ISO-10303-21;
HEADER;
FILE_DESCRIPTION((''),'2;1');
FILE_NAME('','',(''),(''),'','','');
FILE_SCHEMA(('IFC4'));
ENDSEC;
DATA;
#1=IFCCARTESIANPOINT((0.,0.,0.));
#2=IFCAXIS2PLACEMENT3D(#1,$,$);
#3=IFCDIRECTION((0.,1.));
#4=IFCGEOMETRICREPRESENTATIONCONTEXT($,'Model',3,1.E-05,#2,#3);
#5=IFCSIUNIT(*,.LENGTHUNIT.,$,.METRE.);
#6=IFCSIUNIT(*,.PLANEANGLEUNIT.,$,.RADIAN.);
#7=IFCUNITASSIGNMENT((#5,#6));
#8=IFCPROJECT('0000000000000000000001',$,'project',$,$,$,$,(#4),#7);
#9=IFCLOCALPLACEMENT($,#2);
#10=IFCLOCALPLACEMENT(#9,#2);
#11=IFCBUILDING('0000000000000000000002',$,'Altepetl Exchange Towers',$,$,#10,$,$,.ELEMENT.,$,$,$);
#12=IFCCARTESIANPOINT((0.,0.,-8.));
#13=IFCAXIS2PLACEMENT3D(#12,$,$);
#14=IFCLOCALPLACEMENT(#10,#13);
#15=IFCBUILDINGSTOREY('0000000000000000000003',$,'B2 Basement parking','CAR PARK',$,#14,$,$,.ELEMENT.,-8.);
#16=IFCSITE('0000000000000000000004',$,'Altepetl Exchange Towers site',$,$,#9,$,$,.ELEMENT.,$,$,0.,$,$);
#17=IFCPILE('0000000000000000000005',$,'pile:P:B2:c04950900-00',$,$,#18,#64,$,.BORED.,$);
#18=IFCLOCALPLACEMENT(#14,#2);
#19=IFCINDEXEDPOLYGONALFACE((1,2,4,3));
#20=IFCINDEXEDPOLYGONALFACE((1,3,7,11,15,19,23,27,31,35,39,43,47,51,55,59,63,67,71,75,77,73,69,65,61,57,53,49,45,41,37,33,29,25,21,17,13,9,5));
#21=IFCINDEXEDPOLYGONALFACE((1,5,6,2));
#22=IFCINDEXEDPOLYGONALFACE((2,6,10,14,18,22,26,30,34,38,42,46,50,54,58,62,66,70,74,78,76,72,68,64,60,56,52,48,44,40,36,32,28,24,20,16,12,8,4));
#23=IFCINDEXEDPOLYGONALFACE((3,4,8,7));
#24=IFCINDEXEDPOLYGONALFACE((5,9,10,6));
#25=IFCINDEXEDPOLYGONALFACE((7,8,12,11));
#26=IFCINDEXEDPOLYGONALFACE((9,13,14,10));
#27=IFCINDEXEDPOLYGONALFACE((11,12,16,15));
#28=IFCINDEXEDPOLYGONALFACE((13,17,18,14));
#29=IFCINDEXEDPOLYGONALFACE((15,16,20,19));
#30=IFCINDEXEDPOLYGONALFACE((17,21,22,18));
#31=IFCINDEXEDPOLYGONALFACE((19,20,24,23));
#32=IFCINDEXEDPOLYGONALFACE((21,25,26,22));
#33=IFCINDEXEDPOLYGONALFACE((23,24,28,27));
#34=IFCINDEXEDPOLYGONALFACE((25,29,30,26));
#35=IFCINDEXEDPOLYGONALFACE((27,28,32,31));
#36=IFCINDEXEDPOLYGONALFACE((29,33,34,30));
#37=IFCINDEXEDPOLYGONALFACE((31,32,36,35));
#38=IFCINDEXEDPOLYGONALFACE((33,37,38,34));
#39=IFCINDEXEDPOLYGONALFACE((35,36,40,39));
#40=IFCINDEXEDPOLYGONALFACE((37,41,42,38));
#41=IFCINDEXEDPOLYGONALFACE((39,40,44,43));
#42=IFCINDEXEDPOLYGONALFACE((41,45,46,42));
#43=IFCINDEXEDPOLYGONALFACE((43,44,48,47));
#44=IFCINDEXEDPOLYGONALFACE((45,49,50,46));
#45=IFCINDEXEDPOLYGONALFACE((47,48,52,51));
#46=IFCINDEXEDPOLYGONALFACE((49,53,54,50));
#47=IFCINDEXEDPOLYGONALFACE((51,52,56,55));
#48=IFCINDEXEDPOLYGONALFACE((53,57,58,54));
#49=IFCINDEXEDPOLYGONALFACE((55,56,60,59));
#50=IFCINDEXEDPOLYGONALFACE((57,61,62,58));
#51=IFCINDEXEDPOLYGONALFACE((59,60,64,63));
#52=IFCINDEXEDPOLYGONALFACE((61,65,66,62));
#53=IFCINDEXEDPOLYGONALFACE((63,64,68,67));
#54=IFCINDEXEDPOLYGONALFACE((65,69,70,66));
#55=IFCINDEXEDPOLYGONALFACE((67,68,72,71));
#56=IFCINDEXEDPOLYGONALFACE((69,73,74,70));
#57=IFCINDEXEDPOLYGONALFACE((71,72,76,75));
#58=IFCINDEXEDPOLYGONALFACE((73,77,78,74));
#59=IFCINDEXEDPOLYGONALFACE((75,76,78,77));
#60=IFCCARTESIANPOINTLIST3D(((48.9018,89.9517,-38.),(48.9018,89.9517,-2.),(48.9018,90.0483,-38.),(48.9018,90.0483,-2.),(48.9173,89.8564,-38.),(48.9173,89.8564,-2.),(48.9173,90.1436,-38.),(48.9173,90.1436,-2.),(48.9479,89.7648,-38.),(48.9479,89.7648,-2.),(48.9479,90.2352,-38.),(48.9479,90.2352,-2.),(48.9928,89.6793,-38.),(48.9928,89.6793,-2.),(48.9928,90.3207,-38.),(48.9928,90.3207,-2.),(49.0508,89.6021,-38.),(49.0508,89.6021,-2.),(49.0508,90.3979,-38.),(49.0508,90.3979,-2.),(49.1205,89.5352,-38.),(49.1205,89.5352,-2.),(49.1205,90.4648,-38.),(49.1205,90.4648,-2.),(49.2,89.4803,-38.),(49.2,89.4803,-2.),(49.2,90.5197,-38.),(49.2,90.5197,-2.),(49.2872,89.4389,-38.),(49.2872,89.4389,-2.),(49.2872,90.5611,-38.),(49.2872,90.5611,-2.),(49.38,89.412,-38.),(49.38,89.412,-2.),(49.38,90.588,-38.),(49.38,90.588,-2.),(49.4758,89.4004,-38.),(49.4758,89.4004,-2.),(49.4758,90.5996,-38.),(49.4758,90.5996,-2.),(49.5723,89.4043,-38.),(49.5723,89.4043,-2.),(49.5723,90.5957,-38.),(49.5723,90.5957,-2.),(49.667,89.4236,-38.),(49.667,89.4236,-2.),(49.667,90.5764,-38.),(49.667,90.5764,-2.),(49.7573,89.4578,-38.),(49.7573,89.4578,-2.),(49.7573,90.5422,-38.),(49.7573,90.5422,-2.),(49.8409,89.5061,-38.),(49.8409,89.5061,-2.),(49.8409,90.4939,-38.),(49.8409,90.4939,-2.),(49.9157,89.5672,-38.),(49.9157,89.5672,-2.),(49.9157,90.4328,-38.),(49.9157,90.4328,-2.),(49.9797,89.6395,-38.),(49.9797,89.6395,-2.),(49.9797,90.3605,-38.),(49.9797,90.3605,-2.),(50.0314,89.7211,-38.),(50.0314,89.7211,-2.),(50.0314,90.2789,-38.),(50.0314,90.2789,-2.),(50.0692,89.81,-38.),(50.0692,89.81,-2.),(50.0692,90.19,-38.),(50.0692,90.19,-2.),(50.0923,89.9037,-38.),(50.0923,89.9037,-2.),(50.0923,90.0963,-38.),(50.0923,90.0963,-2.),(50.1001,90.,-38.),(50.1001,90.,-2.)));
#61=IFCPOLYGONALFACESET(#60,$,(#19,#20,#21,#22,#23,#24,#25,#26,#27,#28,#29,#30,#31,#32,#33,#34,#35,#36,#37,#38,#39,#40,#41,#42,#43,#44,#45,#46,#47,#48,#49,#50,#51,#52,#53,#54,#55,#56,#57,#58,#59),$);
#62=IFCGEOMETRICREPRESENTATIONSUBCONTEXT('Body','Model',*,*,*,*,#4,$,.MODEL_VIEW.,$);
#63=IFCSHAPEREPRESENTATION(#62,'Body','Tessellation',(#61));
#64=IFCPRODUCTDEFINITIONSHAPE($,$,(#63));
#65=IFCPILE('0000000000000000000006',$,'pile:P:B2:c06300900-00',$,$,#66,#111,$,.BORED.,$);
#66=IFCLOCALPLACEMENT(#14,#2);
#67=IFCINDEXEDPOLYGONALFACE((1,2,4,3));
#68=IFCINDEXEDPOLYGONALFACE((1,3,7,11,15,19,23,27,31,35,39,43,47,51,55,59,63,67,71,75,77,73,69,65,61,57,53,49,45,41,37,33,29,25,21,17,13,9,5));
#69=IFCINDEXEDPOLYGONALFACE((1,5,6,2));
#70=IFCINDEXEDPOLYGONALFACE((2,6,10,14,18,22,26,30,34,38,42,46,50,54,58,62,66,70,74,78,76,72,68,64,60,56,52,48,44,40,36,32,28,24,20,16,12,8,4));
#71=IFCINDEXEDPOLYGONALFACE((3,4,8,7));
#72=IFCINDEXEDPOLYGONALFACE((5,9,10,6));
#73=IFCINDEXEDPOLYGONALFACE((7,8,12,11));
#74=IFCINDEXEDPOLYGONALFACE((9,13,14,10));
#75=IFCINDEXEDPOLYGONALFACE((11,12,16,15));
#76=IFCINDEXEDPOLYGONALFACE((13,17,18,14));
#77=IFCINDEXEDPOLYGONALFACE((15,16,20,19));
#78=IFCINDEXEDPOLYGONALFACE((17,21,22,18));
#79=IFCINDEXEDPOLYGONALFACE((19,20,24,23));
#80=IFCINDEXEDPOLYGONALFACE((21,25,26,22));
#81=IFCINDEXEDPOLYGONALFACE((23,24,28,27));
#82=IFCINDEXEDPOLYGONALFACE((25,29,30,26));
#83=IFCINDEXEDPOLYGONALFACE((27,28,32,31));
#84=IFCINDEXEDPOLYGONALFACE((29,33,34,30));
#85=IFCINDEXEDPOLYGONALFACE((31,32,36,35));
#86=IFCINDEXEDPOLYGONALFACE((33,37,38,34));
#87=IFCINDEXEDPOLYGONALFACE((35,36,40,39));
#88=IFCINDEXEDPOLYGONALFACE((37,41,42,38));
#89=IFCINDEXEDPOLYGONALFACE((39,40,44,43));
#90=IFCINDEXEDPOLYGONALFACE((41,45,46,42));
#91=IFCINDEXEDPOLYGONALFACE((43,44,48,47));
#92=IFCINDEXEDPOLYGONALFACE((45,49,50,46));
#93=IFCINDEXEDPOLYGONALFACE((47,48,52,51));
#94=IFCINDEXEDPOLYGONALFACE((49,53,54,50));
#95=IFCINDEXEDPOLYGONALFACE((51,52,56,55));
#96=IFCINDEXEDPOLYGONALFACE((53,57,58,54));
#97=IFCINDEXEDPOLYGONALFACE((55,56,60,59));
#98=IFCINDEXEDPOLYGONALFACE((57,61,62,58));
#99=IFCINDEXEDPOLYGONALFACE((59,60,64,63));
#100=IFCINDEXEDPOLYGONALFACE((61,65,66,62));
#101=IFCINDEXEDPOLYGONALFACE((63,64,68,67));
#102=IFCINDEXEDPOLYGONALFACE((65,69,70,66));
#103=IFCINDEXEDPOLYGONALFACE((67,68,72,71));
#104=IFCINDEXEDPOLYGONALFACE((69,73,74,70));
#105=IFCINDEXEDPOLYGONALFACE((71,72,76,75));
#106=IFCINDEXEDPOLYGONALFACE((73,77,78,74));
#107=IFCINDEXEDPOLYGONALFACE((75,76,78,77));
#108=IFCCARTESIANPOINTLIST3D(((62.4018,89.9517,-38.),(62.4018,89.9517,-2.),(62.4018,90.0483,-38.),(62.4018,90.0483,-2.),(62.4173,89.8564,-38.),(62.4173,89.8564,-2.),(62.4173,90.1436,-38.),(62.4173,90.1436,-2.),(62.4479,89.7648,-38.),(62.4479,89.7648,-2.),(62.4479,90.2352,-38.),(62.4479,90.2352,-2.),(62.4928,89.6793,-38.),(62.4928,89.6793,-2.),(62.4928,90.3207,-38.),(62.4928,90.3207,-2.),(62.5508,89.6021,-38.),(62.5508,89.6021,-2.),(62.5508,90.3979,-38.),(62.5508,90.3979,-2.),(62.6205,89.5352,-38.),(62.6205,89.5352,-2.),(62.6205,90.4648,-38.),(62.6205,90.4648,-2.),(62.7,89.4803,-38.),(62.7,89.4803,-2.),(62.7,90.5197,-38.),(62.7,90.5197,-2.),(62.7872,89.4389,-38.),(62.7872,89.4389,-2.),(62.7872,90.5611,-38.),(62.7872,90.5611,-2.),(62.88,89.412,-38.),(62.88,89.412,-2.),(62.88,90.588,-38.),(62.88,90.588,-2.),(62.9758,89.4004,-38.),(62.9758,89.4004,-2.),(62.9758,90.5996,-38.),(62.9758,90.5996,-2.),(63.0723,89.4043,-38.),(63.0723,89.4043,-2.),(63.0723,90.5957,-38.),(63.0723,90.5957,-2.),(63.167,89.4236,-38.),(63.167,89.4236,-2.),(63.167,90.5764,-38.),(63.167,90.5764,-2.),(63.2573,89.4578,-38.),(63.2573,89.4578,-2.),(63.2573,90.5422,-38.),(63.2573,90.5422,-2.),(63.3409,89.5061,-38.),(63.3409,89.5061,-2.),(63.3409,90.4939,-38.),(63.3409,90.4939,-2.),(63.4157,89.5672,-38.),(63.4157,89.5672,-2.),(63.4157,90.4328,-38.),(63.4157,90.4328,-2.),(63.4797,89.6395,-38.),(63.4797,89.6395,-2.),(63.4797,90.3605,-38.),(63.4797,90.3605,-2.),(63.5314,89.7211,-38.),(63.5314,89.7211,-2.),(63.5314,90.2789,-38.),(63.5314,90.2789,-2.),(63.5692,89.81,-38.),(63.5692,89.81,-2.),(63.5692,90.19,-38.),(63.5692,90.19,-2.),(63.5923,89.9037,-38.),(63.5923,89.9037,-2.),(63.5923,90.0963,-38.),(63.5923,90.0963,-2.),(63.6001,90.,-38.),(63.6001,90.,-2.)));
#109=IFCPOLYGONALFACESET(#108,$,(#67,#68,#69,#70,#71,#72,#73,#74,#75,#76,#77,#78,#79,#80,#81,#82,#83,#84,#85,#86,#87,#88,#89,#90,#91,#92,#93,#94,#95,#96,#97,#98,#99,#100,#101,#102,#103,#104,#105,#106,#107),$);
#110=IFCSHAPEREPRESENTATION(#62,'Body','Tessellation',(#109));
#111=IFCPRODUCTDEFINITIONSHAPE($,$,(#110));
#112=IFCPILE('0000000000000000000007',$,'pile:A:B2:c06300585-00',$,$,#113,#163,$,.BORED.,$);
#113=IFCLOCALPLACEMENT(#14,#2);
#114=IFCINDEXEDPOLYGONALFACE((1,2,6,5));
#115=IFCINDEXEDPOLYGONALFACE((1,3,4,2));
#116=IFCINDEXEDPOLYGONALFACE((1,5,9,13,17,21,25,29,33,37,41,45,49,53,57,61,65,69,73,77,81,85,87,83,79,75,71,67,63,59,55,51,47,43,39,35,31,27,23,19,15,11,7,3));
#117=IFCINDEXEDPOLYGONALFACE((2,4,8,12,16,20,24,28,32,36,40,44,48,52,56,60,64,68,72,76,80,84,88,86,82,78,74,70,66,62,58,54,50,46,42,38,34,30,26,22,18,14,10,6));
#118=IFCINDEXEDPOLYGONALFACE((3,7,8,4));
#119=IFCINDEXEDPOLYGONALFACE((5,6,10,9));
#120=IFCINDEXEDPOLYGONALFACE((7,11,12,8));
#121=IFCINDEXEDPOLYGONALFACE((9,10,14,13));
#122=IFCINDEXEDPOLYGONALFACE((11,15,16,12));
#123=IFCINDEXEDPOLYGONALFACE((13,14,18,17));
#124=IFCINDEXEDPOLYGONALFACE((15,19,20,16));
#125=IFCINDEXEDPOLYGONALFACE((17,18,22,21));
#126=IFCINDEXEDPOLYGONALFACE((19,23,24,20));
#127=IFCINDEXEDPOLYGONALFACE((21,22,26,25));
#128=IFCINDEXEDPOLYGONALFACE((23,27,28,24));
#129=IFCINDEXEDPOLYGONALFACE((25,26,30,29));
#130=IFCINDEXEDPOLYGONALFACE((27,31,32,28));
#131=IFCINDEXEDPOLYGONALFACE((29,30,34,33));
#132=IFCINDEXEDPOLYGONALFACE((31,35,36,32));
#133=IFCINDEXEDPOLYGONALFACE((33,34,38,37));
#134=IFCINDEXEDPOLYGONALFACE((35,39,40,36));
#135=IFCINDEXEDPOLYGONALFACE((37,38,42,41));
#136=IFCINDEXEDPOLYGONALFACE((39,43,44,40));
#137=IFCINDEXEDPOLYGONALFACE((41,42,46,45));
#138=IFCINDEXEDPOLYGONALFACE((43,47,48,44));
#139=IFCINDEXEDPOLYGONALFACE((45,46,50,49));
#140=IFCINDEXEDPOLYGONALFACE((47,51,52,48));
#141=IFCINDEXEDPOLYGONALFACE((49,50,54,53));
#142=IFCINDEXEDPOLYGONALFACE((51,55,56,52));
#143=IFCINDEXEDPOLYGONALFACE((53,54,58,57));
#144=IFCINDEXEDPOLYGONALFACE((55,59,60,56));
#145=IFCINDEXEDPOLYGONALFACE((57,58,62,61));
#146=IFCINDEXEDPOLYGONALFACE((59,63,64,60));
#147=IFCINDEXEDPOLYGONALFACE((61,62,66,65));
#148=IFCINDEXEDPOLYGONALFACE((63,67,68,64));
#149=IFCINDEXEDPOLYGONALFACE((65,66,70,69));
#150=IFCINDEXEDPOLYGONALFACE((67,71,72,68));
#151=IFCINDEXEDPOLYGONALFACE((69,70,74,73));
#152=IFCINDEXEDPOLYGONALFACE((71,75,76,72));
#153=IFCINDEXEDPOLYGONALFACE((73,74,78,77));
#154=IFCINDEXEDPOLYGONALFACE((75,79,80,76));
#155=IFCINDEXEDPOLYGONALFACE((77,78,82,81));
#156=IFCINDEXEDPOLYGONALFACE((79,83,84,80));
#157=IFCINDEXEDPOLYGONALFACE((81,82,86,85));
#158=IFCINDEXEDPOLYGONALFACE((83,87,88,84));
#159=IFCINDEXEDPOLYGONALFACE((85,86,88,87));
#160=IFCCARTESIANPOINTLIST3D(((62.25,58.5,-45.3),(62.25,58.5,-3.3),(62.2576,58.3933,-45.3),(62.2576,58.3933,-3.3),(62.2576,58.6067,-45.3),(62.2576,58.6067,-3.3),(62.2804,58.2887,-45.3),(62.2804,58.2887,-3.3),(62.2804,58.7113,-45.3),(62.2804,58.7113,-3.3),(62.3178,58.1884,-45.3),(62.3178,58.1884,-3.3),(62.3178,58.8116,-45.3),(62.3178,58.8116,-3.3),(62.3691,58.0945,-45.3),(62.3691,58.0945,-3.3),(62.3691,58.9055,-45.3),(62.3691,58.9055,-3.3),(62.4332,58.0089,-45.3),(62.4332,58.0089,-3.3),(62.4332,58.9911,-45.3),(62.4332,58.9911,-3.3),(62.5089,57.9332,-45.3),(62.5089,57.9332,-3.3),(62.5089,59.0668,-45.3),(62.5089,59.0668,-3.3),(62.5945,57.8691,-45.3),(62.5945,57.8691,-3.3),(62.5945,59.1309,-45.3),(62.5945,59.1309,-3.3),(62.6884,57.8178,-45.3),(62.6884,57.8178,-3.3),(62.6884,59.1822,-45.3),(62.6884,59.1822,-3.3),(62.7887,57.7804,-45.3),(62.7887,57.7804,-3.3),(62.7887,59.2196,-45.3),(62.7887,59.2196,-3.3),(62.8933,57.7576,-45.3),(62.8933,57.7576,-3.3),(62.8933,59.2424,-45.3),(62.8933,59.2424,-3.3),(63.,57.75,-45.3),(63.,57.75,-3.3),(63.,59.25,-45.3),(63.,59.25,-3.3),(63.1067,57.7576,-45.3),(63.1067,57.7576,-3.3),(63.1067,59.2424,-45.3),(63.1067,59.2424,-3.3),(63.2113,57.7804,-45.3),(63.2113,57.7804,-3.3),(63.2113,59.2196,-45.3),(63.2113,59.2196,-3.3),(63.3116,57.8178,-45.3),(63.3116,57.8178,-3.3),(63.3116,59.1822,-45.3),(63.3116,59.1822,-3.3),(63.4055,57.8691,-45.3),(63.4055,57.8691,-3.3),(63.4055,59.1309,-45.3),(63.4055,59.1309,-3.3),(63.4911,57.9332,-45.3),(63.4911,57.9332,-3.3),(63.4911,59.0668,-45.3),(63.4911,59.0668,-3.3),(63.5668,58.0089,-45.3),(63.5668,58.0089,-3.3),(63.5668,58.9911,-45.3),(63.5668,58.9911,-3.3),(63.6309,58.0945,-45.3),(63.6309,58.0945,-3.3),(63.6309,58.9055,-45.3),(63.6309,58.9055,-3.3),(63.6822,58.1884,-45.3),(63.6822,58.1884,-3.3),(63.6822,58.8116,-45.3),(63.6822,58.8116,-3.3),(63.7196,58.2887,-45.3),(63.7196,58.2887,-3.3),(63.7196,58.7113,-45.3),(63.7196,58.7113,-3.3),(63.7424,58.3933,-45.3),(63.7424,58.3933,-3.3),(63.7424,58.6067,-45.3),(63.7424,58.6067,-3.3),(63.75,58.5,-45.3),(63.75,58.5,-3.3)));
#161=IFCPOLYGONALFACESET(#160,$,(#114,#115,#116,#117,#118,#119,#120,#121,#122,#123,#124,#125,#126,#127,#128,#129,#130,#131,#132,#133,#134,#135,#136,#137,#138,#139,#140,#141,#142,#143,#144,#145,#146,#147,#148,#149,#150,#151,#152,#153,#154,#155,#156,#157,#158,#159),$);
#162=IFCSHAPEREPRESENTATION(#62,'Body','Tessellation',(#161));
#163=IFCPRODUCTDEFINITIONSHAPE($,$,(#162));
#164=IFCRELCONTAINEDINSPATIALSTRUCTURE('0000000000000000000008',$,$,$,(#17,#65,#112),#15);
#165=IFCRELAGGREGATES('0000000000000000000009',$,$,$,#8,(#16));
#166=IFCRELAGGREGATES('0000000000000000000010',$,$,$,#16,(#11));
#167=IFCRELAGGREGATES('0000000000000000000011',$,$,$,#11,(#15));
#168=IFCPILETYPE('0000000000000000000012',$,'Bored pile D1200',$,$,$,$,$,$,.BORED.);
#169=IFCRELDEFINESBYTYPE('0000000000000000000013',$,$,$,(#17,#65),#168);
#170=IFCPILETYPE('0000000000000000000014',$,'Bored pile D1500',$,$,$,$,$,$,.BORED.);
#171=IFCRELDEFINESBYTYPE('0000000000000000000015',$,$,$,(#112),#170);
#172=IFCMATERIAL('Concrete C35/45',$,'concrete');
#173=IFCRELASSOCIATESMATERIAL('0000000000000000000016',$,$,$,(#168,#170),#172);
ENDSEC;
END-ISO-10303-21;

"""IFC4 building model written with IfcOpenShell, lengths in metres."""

from ifc_helpers import new_model, si_unit, direction, frame, origin, origin_2d, place, context, subcontext, project, spatial, circle, extrude, material, material_profile, profile_set, type_object, element, save


model = new_model("IFC4")

# Units and contexts
model_context = context("Model", 3, precision=1e-05, world=origin(), true_north=direction((0.0, 1.0)))
body_context = subcontext(model_context, "Body", "Model", "MODEL_VIEW")
ifc_project = project(units=[si_unit("LENGTHUNIT", "METRE"), si_unit("PLANEANGLEUNIT", "RADIAN")], contexts=[model_context])

# Site, building, storey
site_placement = place(None, origin())
site = spatial("IfcSite", under=ifc_project, at=site_placement, Name="Altepetl Exchange Towers site", CompositionType="ELEMENT", RefElevation=0.0)
building_placement = place(site_placement, origin())
building = spatial("IfcBuilding", under=site, at=building_placement, Name="Altepetl Exchange Towers", CompositionType="ELEMENT")
storey_placement = place(building_placement, frame((0.0, 0.0, -8.0)))
storey = spatial("IfcBuildingStorey", under=building, at=storey_placement, Name="B2 Basement parking", Description="CAR PARK", CompositionType="ELEMENT", Elevation=-8.0)

# Piles
ifc_material_1 = material(Name="Concrete C35/45", Category="concrete")
ifc_material_profile_1 = material_profile(ifc_material_1, circle(Radius=0.6001, at=origin_2d()), Name="D1200")
ifc_profile_set_1 = profile_set([ifc_material_profile_1], Name="Concrete C35/45")
pile_type_1 = type_object("IfcPileType", Name="Bored pile D1200", PredefinedType="BORED", material=ifc_profile_set_1)
for number, where, z_axis, x_axis, name in (
    (1, (49.5, 90.0, -2.0), (0.0, 0.0, -1.0), (1.0, 0.0, 0.0), "pile:P:B2:c04950900-00"),
    (2, (63.0, 90.0, -2.0), (0.0, 0.0, -1.0), (1.0, 0.0, 0.0), "pile:P:B2:c06300900-00"),
):
    element("IfcPile", number, at=place(storey_placement, frame(where, z_axis=z_axis, x_axis=x_axis)), inside=storey, type_object=pile_type_1, Name=name, PredefinedType="BORED", context=body_context, shape_type="SweptSolid", body=[
        extrude(circle(Radius=0.6001, at=origin_2d()), origin(), (0.0, 0.0, 1.0), 36.0),
    ])
ifc_material_profile_2 = material_profile(ifc_material_1, circle(Radius=0.75, at=origin_2d()), Name="D1500")
ifc_profile_set_2 = profile_set([ifc_material_profile_2], Name="Concrete C35/45")
pile_type_2 = type_object("IfcPileType", Name="Bored pile D1500", PredefinedType="BORED", material=ifc_profile_set_2)
pile_placement = place(storey_placement, frame((63.0, 58.5, -3.3), z_axis=(0.0, 0.0, -1.0), x_axis=(1.0, 0.0, 0.0)))
element("IfcPile", 3, at=pile_placement, inside=storey, type_object=pile_type_2, Name="pile:A:B2:c06300585-00", PredefinedType="BORED", context=body_context, shape_type="SweptSolid", body=[
    extrude(circle(Radius=0.75, at=origin_2d()), origin(), (0.0, 0.0, 1.0), 42.0),
])

save(model, "model.ifc")
